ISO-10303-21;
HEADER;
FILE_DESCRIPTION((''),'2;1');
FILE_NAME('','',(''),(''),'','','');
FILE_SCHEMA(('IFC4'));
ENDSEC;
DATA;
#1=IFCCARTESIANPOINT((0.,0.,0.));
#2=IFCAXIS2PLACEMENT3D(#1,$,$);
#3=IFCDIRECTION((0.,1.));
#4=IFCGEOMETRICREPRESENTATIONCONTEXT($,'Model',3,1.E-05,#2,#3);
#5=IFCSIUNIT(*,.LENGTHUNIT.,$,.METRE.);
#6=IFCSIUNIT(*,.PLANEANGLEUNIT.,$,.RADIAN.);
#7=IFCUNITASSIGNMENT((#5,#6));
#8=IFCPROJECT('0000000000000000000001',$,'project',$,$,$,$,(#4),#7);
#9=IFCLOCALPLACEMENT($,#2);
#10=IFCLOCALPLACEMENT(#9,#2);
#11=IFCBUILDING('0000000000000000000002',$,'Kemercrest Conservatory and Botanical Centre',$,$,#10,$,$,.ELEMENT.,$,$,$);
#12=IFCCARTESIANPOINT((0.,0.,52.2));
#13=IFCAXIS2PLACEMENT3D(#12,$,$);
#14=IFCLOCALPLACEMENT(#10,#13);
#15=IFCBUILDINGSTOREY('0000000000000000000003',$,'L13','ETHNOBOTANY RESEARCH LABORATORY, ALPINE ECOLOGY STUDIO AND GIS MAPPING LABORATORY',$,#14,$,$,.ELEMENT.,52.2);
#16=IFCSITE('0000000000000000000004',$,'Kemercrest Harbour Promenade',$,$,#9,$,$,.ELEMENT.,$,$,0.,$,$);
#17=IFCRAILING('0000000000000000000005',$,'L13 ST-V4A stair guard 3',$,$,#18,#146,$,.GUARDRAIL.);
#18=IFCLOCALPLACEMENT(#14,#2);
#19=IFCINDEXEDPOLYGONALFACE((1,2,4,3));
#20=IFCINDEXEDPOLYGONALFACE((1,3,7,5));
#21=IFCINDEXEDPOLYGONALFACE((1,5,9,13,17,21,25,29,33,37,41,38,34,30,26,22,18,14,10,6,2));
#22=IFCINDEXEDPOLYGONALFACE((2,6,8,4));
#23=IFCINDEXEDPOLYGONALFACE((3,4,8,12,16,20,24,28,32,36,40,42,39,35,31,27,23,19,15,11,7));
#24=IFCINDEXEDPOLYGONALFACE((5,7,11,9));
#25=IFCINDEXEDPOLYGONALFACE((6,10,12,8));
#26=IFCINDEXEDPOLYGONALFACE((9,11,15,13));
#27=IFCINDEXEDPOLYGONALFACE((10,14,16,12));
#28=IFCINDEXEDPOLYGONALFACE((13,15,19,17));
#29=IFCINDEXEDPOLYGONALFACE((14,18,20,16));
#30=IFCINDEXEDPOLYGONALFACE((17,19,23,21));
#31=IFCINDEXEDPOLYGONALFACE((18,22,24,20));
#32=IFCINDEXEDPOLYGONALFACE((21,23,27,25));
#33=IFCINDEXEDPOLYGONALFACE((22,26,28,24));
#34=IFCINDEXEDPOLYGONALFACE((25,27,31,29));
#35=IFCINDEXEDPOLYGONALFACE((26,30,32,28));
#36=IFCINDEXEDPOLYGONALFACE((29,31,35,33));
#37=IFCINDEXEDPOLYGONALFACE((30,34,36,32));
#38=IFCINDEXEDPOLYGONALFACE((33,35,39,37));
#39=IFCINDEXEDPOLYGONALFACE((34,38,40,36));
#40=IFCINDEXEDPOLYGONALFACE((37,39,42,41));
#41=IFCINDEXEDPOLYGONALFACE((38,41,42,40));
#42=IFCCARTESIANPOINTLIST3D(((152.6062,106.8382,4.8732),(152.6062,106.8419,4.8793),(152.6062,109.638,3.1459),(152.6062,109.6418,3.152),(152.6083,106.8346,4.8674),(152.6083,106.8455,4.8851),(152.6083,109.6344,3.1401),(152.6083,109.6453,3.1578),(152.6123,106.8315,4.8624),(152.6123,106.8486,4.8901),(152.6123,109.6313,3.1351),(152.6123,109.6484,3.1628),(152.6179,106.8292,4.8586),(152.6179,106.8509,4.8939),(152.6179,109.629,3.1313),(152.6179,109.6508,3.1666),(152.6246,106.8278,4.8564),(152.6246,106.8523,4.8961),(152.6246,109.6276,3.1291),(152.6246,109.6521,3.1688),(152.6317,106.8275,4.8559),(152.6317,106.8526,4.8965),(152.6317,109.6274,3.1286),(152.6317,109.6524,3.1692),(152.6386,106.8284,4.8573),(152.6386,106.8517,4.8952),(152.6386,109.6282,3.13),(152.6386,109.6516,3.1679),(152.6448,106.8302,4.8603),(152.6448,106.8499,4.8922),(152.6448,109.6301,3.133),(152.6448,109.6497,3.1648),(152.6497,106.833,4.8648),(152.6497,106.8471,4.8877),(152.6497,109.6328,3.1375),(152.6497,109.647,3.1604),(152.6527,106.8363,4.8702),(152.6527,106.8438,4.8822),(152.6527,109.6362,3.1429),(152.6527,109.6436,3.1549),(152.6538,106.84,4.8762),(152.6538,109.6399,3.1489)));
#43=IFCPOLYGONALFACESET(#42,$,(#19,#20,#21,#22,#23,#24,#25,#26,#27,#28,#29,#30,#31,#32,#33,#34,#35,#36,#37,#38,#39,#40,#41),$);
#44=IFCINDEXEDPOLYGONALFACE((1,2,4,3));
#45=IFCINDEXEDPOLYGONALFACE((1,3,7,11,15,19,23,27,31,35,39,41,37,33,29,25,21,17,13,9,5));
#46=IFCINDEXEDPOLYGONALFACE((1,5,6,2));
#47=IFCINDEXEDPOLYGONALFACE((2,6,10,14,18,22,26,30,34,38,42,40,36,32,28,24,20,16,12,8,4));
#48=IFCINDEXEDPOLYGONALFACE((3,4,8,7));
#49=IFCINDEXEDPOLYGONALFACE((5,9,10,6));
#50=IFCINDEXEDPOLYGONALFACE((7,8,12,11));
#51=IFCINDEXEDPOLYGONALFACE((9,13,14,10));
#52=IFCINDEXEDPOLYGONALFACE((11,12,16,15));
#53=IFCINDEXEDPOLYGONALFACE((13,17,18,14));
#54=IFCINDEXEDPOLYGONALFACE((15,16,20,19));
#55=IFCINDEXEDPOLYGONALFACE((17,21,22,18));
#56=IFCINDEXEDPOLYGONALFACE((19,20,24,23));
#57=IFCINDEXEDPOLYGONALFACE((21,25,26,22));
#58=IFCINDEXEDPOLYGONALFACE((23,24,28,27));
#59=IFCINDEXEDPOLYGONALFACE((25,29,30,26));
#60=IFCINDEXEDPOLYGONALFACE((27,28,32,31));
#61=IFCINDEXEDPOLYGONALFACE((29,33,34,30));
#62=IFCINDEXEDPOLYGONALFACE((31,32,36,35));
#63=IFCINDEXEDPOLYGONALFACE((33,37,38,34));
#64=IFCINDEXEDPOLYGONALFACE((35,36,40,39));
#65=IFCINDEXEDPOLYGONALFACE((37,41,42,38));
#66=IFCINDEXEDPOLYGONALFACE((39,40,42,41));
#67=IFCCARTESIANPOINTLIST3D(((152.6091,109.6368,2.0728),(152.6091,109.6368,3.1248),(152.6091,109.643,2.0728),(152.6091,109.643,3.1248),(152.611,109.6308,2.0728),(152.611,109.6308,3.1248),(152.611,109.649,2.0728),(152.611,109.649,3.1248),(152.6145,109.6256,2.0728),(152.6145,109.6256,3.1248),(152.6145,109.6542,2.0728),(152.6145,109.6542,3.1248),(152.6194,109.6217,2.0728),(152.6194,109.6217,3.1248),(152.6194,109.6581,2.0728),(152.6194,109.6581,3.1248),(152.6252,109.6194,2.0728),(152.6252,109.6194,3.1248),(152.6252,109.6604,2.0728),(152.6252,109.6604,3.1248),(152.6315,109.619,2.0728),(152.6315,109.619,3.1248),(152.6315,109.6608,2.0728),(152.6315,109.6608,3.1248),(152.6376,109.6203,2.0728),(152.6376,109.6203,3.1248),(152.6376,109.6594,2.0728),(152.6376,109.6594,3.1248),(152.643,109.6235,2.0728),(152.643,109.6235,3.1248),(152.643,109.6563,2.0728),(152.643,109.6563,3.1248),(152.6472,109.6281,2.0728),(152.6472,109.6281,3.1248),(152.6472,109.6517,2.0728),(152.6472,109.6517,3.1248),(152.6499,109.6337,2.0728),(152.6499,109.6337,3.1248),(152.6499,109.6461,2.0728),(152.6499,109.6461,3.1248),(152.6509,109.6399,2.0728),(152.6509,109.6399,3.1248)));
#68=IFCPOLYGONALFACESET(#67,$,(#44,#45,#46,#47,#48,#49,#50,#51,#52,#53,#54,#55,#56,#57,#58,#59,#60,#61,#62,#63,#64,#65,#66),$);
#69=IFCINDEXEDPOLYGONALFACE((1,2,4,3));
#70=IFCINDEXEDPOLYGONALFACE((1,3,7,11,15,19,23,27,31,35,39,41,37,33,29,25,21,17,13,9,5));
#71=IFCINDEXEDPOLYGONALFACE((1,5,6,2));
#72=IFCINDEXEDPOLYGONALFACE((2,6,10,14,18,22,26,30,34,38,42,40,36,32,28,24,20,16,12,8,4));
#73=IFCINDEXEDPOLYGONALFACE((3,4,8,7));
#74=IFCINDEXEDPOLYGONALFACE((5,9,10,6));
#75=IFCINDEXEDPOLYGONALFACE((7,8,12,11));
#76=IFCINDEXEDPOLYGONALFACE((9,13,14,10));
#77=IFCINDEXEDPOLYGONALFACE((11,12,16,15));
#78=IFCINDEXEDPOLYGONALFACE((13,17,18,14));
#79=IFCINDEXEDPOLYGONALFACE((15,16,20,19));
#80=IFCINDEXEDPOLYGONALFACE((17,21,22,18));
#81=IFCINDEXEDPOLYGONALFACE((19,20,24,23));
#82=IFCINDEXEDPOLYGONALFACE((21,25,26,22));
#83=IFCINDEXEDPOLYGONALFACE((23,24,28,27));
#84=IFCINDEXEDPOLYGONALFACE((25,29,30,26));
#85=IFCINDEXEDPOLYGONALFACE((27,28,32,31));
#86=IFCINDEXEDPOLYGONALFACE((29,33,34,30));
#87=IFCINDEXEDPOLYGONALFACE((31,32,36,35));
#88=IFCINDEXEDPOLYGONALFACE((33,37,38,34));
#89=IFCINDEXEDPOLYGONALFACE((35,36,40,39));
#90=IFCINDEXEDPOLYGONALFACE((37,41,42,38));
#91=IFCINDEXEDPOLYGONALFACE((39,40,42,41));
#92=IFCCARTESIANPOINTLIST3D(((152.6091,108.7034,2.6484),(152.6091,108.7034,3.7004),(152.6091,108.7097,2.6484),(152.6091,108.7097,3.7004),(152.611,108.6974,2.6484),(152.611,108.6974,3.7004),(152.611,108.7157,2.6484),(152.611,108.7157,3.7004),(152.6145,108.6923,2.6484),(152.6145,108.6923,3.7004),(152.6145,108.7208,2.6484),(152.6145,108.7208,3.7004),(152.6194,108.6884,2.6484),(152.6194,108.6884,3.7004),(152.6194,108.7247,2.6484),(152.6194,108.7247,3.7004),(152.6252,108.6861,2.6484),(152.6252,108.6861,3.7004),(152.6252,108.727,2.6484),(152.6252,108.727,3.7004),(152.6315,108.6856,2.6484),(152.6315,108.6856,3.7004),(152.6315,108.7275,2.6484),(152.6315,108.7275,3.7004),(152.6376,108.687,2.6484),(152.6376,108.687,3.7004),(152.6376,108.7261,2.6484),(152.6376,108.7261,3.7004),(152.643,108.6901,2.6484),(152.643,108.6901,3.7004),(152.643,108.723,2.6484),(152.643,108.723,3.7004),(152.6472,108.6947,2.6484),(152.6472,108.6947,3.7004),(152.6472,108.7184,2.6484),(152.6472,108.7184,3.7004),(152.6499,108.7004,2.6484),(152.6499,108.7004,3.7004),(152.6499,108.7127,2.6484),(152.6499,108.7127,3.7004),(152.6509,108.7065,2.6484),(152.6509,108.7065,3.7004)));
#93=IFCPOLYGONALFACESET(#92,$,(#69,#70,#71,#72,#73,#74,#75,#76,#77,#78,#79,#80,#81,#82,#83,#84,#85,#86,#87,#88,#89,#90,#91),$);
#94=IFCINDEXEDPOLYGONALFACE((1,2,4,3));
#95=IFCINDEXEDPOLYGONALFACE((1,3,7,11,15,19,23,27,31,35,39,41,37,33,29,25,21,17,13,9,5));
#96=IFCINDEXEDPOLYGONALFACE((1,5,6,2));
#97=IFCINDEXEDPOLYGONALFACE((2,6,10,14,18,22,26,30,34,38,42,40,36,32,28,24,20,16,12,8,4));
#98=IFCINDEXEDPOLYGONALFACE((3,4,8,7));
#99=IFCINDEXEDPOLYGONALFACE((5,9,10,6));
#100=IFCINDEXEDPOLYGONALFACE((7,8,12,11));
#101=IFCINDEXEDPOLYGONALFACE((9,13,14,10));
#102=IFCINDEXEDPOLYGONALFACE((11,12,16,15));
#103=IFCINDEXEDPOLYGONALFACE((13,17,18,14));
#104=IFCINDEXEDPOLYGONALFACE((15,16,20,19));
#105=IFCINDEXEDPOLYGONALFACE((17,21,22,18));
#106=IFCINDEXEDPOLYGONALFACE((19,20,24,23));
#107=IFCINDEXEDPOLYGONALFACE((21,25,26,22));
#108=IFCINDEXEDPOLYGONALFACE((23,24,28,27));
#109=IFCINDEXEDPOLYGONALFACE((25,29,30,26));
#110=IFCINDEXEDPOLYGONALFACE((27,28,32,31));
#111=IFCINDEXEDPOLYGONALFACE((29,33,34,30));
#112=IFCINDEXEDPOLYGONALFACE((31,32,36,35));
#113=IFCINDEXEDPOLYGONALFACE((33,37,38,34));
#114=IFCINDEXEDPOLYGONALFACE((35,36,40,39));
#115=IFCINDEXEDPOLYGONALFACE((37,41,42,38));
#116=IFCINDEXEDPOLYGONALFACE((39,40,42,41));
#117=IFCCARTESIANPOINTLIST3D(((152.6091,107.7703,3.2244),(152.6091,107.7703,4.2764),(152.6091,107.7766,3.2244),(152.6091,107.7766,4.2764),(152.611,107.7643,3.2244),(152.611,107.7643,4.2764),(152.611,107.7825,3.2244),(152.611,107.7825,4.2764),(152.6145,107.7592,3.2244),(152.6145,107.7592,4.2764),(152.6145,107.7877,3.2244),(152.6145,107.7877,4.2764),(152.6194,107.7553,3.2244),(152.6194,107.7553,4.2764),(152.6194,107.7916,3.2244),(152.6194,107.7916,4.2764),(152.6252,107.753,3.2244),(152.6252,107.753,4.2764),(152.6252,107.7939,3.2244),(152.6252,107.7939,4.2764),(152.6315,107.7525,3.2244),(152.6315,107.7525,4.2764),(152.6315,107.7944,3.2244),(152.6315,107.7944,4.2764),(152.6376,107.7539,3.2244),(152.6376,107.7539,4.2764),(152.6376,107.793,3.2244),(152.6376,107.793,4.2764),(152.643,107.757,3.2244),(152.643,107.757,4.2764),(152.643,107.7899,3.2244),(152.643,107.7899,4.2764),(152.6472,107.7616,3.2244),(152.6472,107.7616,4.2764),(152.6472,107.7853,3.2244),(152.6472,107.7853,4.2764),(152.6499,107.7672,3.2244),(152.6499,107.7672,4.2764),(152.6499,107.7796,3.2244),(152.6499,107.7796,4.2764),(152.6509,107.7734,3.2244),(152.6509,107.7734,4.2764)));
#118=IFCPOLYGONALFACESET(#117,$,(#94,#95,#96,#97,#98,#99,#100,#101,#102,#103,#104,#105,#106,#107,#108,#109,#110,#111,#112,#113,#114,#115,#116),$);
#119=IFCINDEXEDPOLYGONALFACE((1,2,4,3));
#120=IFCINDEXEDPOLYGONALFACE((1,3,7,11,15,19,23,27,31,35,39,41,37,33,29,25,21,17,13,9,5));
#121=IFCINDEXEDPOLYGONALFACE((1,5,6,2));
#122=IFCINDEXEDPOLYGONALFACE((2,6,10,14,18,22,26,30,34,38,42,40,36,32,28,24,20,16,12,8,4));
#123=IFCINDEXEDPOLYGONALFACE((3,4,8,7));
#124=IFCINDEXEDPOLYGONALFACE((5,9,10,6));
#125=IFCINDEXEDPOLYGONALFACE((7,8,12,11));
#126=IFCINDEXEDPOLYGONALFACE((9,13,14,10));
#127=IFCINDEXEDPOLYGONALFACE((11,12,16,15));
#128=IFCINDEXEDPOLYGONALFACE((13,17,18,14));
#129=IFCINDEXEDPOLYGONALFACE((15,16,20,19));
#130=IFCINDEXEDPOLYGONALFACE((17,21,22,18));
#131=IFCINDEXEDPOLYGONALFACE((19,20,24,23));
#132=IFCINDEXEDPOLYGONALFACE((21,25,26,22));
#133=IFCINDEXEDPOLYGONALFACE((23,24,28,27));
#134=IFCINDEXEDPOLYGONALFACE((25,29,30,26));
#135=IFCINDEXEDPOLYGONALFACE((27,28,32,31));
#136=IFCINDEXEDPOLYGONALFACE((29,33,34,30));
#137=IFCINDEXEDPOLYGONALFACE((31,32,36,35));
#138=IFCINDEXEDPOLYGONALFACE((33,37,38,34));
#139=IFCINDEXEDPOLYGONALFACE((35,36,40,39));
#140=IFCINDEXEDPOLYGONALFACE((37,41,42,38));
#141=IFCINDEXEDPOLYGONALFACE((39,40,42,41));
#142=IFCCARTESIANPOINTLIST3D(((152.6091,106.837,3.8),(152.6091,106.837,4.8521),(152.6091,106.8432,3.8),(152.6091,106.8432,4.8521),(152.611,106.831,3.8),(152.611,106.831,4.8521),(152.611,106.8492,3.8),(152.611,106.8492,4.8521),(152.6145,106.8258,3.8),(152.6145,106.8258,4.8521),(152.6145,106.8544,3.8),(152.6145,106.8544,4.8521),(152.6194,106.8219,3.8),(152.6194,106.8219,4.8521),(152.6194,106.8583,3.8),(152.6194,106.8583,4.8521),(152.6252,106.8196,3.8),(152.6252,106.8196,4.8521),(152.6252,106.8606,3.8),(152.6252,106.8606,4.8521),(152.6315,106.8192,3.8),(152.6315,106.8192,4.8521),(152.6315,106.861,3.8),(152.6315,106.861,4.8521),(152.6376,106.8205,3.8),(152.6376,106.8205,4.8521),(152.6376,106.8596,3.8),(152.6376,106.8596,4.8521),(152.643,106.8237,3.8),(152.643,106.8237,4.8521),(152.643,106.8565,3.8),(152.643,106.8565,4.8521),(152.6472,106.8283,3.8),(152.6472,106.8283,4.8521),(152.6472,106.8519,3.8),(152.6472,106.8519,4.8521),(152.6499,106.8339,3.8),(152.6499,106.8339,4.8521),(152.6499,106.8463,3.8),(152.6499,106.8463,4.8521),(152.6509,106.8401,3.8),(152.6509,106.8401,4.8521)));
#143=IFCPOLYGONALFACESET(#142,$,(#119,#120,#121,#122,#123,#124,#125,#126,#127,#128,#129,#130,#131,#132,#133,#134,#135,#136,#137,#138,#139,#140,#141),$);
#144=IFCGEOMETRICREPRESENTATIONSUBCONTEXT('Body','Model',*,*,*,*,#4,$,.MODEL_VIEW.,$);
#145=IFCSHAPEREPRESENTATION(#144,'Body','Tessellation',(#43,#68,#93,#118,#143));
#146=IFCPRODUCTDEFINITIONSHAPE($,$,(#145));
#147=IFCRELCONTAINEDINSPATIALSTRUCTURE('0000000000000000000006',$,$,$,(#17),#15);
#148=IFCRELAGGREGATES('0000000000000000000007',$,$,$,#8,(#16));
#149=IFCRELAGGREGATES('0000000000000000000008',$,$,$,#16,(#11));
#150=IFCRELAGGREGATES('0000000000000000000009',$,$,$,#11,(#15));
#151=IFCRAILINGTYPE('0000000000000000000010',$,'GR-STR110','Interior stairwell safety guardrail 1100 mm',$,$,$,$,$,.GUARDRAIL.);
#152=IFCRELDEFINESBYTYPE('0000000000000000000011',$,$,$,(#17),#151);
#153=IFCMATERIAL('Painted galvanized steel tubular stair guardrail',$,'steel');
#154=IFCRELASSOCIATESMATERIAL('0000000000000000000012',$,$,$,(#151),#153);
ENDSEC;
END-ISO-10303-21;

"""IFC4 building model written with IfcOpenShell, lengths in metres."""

from ifc_helpers import new_model, si_unit, direction, frame, origin, origin_2d, place, context, subcontext, project, spatial, circle, extrude, material, type_object, element, save


model = new_model("IFC4")

# Units and contexts
model_context = context("Model", 3, precision=1e-05, world=origin(), true_north=direction((0.0, 1.0)))
body_context = subcontext(model_context, "Body", "Model", "MODEL_VIEW")
ifc_project = project(units=[si_unit("LENGTHUNIT", "METRE"), si_unit("PLANEANGLEUNIT", "RADIAN")], contexts=[model_context])

# Site, building, storey
site_placement = place(None, origin())
site = spatial("IfcSite", under=ifc_project, at=site_placement, Name="Kemercrest Harbour Promenade", CompositionType="ELEMENT", RefElevation=0.0)
building_placement = place(site_placement, origin())
building = spatial("IfcBuilding", under=site, at=building_placement, Name="Kemercrest Conservatory and Botanical Centre", CompositionType="ELEMENT")
storey_placement = place(building_placement, frame((0.0, 0.0, 52.2)))
storey = spatial("IfcBuildingStorey", under=building, at=storey_placement, Name="L13", Description="ETHNOBOTANY RESEARCH LABORATORY, ALPINE ECOLOGY STUDIO AND GIS MAPPING LABORATORY", CompositionType="ELEMENT", Elevation=52.2)

# Railing
ifc_material_1 = material(Name="Painted galvanized steel tubular stair guardrail", Category="steel")
railing_type_1 = type_object("IfcRailingType", Name="GR-STR110", Description="Interior stairwell safety guardrail 1100 mm", PredefinedType="GUARDRAIL", material=ifc_material_1)
railing_1_placement = place(storey_placement, frame((152.6299, 109.6399, 2.0728)))
element("IfcRailing", 1, at=railing_1_placement, inside=storey, type_object=railing_type_1, Name="L13 ST-V4A stair guard 3", PredefinedType="GUARDRAIL", context=body_context, shape_type="SweptSolid", body=[
    extrude(circle(Radius=0.0239, at=origin_2d()), frame((0.0, 0.0, 1.0762), z_axis=(0.0, -0.851069, 0.525054), x_axis=(1.0, 0.0, 0.0)), (0.0, 0.0, 1.0), 3.2898),
    extrude(circle(Radius=0.021, at=origin_2d()), origin(), (0.0, 0.0, 1.0), 1.052),
    extrude(circle(Radius=0.021, at=origin_2d()), frame((0.0, -0.9333, 0.5757)), (0.0, 0.0, 1.0), 1.052),
    extrude(circle(Radius=0.021, at=origin_2d()), frame((0.0, -1.8665, 1.1516)), (0.0, 0.0, 1.0), 1.052),
    extrude(circle(Radius=0.021, at=origin_2d()), frame((0.0, -2.7998, 1.7273)), (0.0, 0.0, 1.0), 1.052),
])

save(model, "model.ifc")
